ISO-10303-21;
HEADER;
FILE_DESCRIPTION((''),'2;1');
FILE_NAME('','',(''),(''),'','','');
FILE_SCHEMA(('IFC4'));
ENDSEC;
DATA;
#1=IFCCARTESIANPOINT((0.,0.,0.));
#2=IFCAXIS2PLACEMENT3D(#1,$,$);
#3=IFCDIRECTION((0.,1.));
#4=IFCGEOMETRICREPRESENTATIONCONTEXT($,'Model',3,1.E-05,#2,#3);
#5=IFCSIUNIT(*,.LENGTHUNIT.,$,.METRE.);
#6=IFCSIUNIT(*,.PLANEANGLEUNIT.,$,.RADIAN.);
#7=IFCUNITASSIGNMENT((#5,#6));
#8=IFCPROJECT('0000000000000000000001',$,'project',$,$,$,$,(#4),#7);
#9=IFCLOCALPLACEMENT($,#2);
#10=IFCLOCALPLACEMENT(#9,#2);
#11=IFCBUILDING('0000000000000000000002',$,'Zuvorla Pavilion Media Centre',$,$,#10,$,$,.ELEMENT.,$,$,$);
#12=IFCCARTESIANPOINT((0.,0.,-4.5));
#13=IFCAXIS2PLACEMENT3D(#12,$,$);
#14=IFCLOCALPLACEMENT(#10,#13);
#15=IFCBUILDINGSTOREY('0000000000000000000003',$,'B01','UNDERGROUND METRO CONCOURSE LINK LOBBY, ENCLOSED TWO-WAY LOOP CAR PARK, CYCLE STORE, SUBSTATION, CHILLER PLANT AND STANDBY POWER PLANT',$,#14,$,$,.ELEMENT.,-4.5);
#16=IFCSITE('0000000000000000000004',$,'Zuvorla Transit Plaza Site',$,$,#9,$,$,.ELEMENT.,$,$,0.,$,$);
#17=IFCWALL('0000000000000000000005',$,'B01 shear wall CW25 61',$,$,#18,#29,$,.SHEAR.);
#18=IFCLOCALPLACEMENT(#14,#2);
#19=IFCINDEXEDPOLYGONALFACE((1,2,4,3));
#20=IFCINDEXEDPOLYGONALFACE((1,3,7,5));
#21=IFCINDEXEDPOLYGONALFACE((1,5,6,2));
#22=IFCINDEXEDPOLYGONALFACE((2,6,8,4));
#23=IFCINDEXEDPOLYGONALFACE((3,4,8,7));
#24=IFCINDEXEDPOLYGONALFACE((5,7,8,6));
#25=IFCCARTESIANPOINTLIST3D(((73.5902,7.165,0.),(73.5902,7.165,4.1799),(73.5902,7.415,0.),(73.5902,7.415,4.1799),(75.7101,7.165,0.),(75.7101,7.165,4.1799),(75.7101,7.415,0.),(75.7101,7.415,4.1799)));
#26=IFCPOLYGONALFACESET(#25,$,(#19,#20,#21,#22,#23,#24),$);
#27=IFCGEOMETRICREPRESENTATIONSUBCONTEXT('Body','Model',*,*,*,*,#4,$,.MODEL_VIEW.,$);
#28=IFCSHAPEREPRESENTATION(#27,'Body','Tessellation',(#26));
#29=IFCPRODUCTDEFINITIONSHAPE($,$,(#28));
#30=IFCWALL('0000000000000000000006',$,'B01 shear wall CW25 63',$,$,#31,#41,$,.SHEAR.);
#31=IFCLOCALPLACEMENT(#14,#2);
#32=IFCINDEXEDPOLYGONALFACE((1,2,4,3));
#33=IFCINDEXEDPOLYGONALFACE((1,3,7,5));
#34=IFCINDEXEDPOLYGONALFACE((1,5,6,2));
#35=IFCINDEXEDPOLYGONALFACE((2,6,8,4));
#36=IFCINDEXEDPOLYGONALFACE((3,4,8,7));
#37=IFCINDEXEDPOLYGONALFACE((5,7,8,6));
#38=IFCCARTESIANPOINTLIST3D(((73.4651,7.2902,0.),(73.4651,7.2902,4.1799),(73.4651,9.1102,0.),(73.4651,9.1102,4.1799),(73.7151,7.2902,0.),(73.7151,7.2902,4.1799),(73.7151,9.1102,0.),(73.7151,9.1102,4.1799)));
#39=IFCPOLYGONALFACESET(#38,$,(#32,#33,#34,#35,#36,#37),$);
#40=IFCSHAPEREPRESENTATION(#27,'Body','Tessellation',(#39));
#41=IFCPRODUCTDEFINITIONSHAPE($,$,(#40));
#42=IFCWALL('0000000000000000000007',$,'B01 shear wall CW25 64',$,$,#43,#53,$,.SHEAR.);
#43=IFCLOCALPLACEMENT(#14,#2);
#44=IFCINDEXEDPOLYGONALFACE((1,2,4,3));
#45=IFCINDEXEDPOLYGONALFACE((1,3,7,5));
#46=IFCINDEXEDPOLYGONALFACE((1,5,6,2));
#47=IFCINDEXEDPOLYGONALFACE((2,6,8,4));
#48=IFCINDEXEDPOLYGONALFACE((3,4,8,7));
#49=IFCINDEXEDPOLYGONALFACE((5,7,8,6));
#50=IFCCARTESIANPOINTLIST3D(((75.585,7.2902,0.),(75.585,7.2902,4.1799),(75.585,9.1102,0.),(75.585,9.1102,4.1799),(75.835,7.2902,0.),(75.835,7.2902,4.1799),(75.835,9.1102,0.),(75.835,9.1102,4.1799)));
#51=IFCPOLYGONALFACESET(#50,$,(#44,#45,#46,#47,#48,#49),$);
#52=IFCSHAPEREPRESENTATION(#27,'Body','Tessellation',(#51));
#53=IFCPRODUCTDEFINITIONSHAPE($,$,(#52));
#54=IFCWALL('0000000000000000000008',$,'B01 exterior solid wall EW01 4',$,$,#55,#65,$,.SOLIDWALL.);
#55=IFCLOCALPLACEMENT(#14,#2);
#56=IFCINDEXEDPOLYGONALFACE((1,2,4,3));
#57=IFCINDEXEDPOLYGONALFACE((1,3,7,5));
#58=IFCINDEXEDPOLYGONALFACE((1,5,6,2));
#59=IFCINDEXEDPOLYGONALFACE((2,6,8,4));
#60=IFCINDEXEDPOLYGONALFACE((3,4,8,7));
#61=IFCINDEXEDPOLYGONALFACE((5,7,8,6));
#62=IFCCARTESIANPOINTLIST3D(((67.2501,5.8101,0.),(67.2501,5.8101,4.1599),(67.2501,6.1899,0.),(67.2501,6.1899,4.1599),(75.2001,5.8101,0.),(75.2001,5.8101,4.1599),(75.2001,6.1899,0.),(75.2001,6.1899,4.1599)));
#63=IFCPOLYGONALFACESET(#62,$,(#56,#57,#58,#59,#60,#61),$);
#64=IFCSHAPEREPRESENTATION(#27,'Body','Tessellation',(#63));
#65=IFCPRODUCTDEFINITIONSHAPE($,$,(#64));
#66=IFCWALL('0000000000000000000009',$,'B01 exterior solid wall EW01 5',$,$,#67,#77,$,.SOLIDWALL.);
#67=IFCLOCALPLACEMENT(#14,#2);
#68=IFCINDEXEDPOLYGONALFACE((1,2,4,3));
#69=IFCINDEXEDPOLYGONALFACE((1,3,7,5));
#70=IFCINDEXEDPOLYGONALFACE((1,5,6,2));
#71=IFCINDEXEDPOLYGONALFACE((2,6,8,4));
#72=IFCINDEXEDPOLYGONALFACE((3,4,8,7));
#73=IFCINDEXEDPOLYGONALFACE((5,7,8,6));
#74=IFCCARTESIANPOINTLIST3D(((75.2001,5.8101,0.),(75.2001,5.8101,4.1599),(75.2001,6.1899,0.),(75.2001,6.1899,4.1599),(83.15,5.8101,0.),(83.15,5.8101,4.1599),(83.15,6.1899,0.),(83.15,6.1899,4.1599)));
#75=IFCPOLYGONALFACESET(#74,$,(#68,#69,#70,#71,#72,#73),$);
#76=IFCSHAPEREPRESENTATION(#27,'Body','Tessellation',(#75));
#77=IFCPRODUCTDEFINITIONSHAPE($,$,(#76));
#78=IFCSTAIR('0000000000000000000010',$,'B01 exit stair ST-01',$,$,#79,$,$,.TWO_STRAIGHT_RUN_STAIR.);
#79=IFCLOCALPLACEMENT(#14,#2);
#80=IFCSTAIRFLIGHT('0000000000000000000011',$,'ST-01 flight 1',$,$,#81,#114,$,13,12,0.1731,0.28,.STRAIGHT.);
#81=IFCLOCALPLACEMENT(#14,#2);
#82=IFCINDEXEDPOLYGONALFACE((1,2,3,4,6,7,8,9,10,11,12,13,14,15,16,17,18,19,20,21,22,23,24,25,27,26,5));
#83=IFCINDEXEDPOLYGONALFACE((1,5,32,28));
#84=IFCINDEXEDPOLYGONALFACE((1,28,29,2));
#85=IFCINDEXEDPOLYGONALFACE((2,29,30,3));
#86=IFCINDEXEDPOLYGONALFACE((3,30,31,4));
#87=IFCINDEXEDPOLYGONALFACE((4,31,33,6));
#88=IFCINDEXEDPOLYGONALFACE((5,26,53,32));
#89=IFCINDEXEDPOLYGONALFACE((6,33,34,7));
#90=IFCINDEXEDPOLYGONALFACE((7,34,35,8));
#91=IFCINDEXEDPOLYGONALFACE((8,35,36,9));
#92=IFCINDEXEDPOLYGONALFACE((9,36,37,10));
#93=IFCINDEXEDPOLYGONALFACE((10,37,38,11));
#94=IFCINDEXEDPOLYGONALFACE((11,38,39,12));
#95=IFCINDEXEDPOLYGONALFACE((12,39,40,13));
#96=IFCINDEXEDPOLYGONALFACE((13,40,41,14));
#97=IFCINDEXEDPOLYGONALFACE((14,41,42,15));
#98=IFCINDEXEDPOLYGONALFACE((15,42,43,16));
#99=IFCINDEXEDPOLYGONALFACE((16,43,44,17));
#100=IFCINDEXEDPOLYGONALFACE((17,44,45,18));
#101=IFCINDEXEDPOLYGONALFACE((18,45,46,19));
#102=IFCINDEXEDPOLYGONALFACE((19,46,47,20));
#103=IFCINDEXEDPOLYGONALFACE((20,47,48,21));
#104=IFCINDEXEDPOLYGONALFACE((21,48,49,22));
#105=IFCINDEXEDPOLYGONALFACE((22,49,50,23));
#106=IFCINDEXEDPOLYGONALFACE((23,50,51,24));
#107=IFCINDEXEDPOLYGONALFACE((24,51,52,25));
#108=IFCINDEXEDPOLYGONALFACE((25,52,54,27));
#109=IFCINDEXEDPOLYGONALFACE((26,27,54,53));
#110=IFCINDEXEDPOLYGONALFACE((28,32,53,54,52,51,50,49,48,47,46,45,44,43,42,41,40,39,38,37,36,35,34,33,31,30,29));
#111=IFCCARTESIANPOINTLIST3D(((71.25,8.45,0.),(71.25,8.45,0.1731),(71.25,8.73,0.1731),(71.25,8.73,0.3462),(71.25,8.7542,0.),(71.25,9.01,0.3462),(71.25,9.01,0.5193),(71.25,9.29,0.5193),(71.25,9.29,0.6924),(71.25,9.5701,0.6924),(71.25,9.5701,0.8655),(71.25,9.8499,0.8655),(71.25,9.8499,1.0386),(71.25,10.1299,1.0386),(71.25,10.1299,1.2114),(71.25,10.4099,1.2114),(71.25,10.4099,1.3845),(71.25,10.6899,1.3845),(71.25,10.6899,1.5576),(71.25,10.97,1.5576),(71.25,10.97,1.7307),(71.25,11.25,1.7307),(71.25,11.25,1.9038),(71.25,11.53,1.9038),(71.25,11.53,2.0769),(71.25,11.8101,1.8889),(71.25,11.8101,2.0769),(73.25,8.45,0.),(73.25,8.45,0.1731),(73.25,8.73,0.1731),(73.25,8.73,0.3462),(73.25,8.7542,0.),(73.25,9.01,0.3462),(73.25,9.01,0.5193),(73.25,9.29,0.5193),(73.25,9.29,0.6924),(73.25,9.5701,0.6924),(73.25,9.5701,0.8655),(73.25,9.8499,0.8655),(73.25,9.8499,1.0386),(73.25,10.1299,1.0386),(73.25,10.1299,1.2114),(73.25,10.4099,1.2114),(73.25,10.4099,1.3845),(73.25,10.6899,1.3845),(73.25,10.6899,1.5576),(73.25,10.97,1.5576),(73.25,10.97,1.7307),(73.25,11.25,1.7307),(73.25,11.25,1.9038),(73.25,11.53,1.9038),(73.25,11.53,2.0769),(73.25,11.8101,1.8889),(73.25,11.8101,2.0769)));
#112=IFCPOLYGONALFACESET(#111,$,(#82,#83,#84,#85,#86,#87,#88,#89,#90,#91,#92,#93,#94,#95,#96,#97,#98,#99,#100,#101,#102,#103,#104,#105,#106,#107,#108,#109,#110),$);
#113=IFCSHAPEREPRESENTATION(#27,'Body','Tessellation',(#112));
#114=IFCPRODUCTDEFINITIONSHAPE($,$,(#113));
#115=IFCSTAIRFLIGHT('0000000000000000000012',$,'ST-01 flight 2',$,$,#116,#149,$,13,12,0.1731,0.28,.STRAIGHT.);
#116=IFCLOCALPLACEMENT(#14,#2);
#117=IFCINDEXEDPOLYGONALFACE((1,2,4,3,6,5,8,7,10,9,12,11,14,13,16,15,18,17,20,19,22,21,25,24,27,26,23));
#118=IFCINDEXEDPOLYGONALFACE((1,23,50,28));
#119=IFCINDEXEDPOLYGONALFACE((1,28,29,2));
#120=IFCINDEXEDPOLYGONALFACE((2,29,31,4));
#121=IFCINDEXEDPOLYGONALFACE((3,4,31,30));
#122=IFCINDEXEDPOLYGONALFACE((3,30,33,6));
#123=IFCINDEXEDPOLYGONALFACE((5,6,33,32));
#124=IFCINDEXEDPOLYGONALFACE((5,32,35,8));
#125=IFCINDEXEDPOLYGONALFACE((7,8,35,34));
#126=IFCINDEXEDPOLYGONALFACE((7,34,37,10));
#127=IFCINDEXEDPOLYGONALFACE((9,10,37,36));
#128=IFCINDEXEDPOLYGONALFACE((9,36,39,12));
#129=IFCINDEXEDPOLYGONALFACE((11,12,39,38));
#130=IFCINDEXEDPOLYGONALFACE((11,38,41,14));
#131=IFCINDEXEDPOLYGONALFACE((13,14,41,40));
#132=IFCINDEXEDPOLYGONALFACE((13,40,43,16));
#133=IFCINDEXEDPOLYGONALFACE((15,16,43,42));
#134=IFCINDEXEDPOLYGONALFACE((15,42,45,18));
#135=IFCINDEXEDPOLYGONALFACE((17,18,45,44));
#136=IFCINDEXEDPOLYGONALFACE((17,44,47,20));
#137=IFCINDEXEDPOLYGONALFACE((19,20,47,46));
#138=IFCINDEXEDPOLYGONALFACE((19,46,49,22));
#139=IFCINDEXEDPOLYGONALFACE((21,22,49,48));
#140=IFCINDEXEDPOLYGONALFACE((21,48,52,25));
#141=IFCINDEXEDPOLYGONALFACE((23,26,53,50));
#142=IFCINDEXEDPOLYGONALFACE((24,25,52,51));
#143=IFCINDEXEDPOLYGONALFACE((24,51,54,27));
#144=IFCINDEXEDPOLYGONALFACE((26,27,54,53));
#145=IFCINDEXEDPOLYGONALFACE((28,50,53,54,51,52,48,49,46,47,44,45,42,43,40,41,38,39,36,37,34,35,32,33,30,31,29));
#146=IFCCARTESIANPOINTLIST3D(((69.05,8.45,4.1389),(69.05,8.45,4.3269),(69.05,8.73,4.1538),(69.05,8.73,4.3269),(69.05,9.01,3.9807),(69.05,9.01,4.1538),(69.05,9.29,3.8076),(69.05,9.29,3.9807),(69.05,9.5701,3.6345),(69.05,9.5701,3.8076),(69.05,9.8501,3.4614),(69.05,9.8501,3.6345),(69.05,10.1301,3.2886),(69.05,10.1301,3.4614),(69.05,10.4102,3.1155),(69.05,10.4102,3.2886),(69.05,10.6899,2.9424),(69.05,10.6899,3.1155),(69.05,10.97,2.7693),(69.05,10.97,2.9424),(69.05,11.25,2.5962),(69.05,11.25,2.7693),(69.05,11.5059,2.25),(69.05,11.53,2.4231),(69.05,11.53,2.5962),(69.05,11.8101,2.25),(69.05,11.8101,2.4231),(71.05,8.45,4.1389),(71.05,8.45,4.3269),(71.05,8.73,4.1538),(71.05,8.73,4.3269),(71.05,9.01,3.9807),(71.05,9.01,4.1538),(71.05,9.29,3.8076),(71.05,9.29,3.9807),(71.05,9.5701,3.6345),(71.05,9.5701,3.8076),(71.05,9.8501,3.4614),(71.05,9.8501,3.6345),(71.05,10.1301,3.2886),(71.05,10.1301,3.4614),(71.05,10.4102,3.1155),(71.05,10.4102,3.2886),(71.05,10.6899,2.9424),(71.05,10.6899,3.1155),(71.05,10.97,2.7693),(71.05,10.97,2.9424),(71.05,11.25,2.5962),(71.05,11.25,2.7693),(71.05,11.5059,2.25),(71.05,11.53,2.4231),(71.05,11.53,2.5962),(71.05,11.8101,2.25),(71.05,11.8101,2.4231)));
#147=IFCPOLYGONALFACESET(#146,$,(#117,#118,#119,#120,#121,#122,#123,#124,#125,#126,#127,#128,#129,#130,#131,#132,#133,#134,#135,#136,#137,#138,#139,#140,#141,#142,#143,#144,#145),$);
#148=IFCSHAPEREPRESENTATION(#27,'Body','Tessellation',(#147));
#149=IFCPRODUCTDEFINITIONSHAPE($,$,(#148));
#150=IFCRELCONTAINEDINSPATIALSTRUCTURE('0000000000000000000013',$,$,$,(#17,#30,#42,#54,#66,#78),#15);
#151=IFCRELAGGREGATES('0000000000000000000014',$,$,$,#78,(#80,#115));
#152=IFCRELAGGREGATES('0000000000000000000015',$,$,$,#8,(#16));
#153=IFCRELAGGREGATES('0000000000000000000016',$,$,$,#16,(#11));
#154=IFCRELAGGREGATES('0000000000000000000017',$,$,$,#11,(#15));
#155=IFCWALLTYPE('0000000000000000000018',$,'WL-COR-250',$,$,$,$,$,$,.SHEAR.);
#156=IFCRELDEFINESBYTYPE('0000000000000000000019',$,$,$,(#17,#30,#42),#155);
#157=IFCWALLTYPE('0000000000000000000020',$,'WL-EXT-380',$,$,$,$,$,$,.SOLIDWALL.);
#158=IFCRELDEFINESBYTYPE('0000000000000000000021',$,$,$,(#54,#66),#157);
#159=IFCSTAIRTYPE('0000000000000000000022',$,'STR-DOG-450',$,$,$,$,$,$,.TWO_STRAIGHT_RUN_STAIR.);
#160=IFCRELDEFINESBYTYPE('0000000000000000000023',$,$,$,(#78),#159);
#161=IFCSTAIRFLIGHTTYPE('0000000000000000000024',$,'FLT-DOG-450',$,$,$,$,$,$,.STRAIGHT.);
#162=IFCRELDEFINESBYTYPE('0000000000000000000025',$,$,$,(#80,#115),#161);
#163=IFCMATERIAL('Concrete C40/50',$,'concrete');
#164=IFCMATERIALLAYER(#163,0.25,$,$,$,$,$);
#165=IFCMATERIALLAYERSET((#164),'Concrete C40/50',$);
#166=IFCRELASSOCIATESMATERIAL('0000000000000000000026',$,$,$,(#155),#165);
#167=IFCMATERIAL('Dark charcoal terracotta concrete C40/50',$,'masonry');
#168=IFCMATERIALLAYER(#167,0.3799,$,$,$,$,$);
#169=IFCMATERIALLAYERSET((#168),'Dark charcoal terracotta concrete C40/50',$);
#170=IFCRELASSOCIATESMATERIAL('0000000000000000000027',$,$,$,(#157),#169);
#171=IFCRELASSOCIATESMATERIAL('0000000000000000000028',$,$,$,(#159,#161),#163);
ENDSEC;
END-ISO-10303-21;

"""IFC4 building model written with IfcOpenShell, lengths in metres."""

from ifc_helpers import new_model, si_unit, direction, frame, frame_2d, origin, place, context, subcontext, project, spatial, polyline, rectangle, outline, extrude, material, layer, layer_set, type_object, element, aggregate, save


model = new_model("IFC4")

# Units and contexts
model_context = context("Model", 3, precision=1e-05, world=origin(), true_north=direction((0.0, 1.0)))
body_context = subcontext(model_context, "Body", "Model", "MODEL_VIEW")
ifc_project = project(units=[si_unit("LENGTHUNIT", "METRE"), si_unit("PLANEANGLEUNIT", "RADIAN")], contexts=[model_context])

# Site, building, storey
site_placement = place(None, origin())
site = spatial("IfcSite", under=ifc_project, at=site_placement, Name="Zuvorla Transit Plaza Site", CompositionType="ELEMENT", RefElevation=0.0)
building_placement = place(site_placement, origin())
building = spatial("IfcBuilding", under=site, at=building_placement, Name="Zuvorla Pavilion Media Centre", CompositionType="ELEMENT")
storey_placement = place(building_placement, frame((0.0, 0.0, -4.5)))
storey = spatial("IfcBuildingStorey", under=building, at=storey_placement, Name="B01", Description="UNDERGROUND METRO CONCOURSE LINK LOBBY, ENCLOSED TWO-WAY LOOP CAR PARK, CYCLE STORE, SUBSTATION, CHILLER PLANT AND STANDBY POWER PLANT", CompositionType="ELEMENT", Elevation=-4.5)

# Shared definitions
ifc_material_1 = material(Name="Concrete C40/50", Category="concrete")

# Shared definitions
ifc_layer_1 = layer(ifc_material_1, 0.25)
ifc_layer_set_1 = layer_set([ifc_layer_1], Name="Concrete C40/50")
wall_type_1 = type_object("IfcWallType", Name="WL-COR-250", PredefinedType="SHEAR", material=ifc_layer_set_1)

# Wall
wall_1_placement = place(storey_placement, frame((73.5901, 7.29, 0.0), z_axis=(0.0, 0.0, 1.0), x_axis=(1.0, 0.0, 0.0)))
element("IfcWall", 1, at=wall_1_placement, inside=storey, type_object=wall_type_1, Name="B01 shear wall CW25 61", PredefinedType="SHEAR", context=body_context, shape_type="SweptSolid", body=[
    extrude(rectangle(XDim=2.1199, YDim=0.25, at=frame_2d((1.0601, 0.0))), origin(), (0.0, 0.0, 1.0), 4.1799),
])

# Walls
for number, where, z_axis, x_axis, name in (
    (2, (73.5901, 7.29, 0.0), (0.0, 0.0, 1.0), (0.0, 1.0, 0.0), "B01 shear wall CW25 63"),
    (3, (75.71, 7.29, 0.0), (0.0, 0.0, 1.0), (0.0, 1.0, 0.0), "B01 shear wall CW25 64"),
):
    element("IfcWall", number, at=place(storey_placement, frame(where, z_axis=z_axis, x_axis=x_axis)), inside=storey, type_object=wall_type_1, Name=name, PredefinedType="SHEAR", context=body_context, shape_type="SweptSolid", body=[
        extrude(rectangle(XDim=1.8201, YDim=0.25, at=frame_2d((0.9102, 0.0))), origin(), (0.0, 0.0, 1.0), 4.1799),
    ])

# Walls
ifc_material_2 = material(Name="Dark charcoal terracotta concrete C40/50", Category="masonry")
ifc_layer_2 = layer(ifc_material_2, 0.3799)
ifc_layer_set_2 = layer_set([ifc_layer_2], Name="Dark charcoal terracotta concrete C40/50")
wall_type_2 = type_object("IfcWallType", Name="WL-EXT-380", PredefinedType="SOLIDWALL", material=ifc_layer_set_2)
for number, where, z_axis, x_axis, name in (
    (4, (67.25, 6.0, 0.0), (0.0, 0.0, 1.0), (1.0, 0.0, 0.0), "B01 exterior solid wall EW01 4"),
    (5, (75.2, 6.0, 0.0), (0.0, 0.0, 1.0), (1.0, 0.0, 0.0), "B01 exterior solid wall EW01 5"),
):
    element("IfcWall", number, at=place(storey_placement, frame(where, z_axis=z_axis, x_axis=x_axis)), inside=storey, type_object=wall_type_2, Name=name, PredefinedType="SOLIDWALL", context=body_context, shape_type="SweptSolid", body=[
        extrude(rectangle(XDim=7.95, YDim=0.3799, at=frame_2d((3.9751, 0.0))), origin(), (0.0, 0.0, 1.0), 4.1599),
    ])

# Stair, stair flights
stair_type = type_object("IfcStairType", Name="STR-DOG-450", PredefinedType="TWO_STRAIGHT_RUN_STAIR", material=ifc_material_1)
stair_placement = place(storey_placement, origin())
stair = element("IfcStair", 6, at=stair_placement, inside=storey, type_object=stair_type, Name="B01 exit stair ST-01", PredefinedType="TWO_STRAIGHT_RUN_STAIR")
stair_flight_type = type_object("IfcStairFlightType", Name="FLT-DOG-450", PredefinedType="STRAIGHT", material=ifc_material_1)
stair_flight_1_placement = place(storey_placement, frame((72.25, 8.45, 0.0), z_axis=(0.0, 0.0, 1.0), x_axis=(0.0, 1.0, 0.0)))
stair_flight_1 = element("IfcStairFlight", 7, at=stair_flight_1_placement, type_object=stair_flight_type, Name="ST-01 flight 1", NumberOfRisers=13, NumberOfTreads=12, PredefinedType="STRAIGHT", RiserHeight=0.1731, TreadLength=0.28, context=body_context, shape_type="SweptSolid", body=[
    extrude(outline(polyline([(0.0, 0.0), (0.0, 0.1731), (0.28, 0.1731), (0.28, 0.3462), (0.5601, 0.3462), (0.5601, 0.5193), (0.8401, 0.5193), (0.8401, 0.6924), (1.1201, 0.6924), (1.1201, 0.8655), (1.3999, 0.8655), (1.3999, 1.0386), (1.6799, 1.0386), (1.6799, 1.2114), (1.96, 1.2114), (1.96, 1.3845), (2.24, 1.3845), (2.24, 1.5576), (2.52, 1.5576), (2.52, 1.7307), (2.8, 1.7307), (2.8, 1.9038), (3.0801, 1.9038), (3.0801, 2.0769), (3.3601, 2.0769), (3.3601, 2.25), (3.3601, 1.8889), (0.3042, 0.0), (0.0, 0.0)])), frame((0.0, 1.0, 0.0), z_axis=(0.0, -1.0, 0.0), x_axis=(1.0, 0.0, 0.0)), (0.0, 0.0, 1.0), 2.0),
])
stair_flight_2_placement = place(storey_placement, frame((70.05, 11.8101, 2.25), z_axis=(0.0, 0.0, 1.0), x_axis=(0.0, -1.0, 0.0)))
stair_flight_2 = element("IfcStairFlight", 8, at=stair_flight_2_placement, type_object=stair_flight_type, Name="ST-01 flight 2", NumberOfRisers=13, NumberOfTreads=12, PredefinedType="STRAIGHT", RiserHeight=0.1731, TreadLength=0.28, context=body_context, shape_type="SweptSolid", body=[
    extrude(outline(polyline([(0.0, 0.0), (0.0, 0.1731), (0.28, 0.1731), (0.28, 0.3462), (0.5601, 0.3462), (0.5601, 0.5193), (0.8401, 0.5193), (0.8401, 0.6924), (1.1201, 0.6924), (1.1201, 0.8655), (1.3999, 0.8655), (1.3999, 1.0386), (1.6799, 1.0386), (1.6799, 1.2114), (1.96, 1.2114), (1.96, 1.3845), (2.24, 1.3845), (2.24, 1.5576), (2.52, 1.5576), (2.52, 1.7307), (2.8, 1.7307), (2.8, 1.9038), (3.0801, 1.9038), (3.0801, 2.0769), (3.3601, 2.0769), (3.3601, 2.25), (3.3601, 1.8889), (0.3042, 0.0), (0.0, 0.0)])), frame((0.0, 1.0, 0.0), z_axis=(0.0, -1.0, 0.0), x_axis=(1.0, 0.0, 0.0)), (0.0, 0.0, 1.0), 2.0),
])
aggregate(stair, [stair_flight_1, stair_flight_2])

save(model, "model.ifc")
